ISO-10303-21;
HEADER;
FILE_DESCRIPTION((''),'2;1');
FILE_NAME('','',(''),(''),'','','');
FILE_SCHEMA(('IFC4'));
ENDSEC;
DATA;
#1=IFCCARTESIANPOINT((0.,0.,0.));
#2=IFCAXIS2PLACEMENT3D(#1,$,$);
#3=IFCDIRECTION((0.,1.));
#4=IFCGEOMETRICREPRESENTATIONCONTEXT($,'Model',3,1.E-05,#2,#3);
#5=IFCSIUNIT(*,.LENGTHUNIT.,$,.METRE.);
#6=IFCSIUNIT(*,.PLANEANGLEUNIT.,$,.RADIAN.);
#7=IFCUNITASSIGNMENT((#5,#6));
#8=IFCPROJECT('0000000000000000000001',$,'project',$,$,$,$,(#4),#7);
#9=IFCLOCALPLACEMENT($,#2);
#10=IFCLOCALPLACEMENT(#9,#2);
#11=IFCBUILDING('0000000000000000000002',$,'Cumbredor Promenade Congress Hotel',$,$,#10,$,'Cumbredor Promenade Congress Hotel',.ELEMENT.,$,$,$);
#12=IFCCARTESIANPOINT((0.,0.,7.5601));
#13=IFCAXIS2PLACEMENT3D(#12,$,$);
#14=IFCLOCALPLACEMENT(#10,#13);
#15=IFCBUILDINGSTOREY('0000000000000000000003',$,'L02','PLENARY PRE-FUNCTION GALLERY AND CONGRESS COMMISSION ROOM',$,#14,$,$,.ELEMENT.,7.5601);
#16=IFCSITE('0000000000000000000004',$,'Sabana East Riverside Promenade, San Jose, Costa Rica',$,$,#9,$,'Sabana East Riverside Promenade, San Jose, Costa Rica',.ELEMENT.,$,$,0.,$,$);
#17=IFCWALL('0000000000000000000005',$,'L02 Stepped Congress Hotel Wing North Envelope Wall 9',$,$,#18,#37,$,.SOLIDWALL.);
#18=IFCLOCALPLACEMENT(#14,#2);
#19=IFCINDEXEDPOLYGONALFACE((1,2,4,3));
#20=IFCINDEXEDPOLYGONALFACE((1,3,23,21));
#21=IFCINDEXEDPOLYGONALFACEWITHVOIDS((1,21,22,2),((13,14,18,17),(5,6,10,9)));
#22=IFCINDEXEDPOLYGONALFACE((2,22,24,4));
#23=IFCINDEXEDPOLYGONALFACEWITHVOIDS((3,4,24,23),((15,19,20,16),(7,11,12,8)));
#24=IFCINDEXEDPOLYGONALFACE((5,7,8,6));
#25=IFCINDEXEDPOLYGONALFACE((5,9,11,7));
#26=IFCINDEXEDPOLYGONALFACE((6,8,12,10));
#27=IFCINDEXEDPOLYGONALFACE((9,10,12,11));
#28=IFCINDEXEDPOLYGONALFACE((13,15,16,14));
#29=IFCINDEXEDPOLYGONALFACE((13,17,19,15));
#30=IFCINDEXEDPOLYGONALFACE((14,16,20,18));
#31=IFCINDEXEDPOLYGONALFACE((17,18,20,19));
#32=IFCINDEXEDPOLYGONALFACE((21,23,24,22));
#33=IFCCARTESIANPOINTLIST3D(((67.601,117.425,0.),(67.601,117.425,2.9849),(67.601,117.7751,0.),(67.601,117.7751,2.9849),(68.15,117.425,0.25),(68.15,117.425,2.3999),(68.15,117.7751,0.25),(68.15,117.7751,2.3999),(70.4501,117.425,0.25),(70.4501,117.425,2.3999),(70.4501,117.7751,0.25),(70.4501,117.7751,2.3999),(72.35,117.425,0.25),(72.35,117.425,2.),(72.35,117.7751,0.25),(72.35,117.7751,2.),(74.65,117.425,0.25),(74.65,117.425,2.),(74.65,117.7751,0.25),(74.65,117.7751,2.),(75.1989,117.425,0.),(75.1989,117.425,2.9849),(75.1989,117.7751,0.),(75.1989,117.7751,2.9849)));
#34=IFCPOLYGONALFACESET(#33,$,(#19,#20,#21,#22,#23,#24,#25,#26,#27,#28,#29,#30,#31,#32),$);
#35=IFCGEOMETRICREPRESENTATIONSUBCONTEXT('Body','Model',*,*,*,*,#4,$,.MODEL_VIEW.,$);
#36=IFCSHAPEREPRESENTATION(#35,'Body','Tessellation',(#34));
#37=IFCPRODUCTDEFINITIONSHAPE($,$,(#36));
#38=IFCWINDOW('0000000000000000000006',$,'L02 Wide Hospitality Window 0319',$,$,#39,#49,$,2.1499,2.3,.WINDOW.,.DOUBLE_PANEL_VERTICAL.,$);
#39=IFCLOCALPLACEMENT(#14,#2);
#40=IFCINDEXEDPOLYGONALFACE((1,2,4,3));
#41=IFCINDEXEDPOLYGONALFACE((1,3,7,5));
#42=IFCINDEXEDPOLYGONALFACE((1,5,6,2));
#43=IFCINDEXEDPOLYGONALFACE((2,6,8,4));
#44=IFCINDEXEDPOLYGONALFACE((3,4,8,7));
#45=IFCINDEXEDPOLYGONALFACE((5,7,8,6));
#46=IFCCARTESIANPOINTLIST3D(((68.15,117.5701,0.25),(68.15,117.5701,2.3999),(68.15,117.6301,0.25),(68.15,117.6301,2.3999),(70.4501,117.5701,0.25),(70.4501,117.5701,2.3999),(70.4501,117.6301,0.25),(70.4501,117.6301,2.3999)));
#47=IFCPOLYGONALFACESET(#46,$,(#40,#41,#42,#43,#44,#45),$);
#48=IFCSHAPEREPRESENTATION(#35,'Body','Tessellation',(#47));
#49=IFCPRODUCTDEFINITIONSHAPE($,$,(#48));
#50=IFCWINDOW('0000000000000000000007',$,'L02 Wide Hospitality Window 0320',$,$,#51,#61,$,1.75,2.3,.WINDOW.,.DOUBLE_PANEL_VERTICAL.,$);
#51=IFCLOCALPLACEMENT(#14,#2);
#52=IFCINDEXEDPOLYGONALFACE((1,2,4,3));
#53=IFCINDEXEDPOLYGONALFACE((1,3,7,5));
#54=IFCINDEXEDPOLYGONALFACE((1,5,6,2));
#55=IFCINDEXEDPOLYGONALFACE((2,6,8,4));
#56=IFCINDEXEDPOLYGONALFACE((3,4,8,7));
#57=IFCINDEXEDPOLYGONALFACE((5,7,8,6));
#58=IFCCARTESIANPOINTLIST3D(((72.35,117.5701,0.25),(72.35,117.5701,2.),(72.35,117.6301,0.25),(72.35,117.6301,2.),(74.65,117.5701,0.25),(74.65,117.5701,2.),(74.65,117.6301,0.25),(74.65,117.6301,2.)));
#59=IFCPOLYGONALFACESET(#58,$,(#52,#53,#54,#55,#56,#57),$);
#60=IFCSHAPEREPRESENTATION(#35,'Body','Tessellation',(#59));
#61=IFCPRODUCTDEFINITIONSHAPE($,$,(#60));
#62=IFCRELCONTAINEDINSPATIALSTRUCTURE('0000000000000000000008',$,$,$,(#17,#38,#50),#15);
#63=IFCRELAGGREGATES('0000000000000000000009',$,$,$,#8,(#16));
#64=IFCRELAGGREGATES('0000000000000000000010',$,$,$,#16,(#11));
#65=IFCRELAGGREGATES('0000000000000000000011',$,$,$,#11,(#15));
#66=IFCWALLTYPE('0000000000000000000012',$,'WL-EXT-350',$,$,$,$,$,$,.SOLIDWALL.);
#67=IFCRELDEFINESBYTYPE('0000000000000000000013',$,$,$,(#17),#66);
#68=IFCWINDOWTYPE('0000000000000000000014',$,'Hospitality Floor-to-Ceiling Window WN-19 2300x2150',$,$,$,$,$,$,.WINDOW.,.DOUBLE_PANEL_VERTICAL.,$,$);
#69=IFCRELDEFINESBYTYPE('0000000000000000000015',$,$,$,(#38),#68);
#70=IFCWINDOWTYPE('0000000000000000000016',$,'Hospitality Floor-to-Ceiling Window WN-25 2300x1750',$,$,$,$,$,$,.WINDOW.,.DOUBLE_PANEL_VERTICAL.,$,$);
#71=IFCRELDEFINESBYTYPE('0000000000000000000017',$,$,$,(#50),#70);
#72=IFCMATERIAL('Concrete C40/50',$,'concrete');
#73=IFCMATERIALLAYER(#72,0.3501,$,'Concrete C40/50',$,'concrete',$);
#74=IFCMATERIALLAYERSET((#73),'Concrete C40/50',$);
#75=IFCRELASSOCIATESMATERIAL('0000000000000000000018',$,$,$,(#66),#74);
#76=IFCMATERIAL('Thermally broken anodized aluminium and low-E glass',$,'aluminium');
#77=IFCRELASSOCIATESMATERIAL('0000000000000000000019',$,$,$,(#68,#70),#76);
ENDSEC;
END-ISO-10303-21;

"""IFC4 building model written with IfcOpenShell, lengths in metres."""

from ifc_helpers import new_model, si_unit, direction, frame, frame_2d, origin, place, context, subcontext, project, spatial, rectangle, extrude, material, layer, layer_set, type_object, element, fill, save


model = new_model("IFC4")

# Units and contexts
model_context = context("Model", 3, precision=1e-05, world=origin(), true_north=direction((0.0, 1.0)))
body_context = subcontext(model_context, "Body", "Model", "MODEL_VIEW")
ifc_project = project(units=[si_unit("LENGTHUNIT", "METRE"), si_unit("PLANEANGLEUNIT", "RADIAN")], contexts=[model_context])

# Site, building, storey
site_placement = place(None, origin())
site = spatial("IfcSite", under=ifc_project, at=site_placement, Name="Sabana East Riverside Promenade, San Jose, Costa Rica", LongName="Sabana East Riverside Promenade, San Jose, Costa Rica", CompositionType="ELEMENT", RefElevation=0.0)
building_placement = place(site_placement, origin())
building = spatial("IfcBuilding", under=site, at=building_placement, Name="Cumbredor Promenade Congress Hotel", LongName="Cumbredor Promenade Congress Hotel", CompositionType="ELEMENT")
storey_placement = place(building_placement, frame((0.0, 0.0, 7.5601)))
storey = spatial("IfcBuildingStorey", under=building, at=storey_placement, Name="L02", Description="PLENARY PRE-FUNCTION GALLERY AND CONGRESS COMMISSION ROOM", CompositionType="ELEMENT", Elevation=7.5601)

# Shared definitions
ifc_material_1 = material(Name="Concrete C40/50", Category="concrete")

# Shared definitions
ifc_material_2 = material(Name="Thermally broken anodized aluminium and low-E glass", Category="aluminium")

# Wall, openings, windows
ifc_layer_1 = layer(ifc_material_1, 0.3501, Name="Concrete C40/50", Category="concrete")
ifc_layer_set_1 = layer_set([ifc_layer_1], Name="Concrete C40/50")
wall_type_1 = type_object("IfcWallType", Name="WL-EXT-350", PredefinedType="SOLIDWALL", material=ifc_layer_set_1)
wall_1_placement = place(storey_placement, frame((67.6011, 117.6001, 0.0), z_axis=(0.0, 0.0, 1.0), x_axis=(1.0, 0.0, 0.0)))
wall_1 = element("IfcWall", 1, at=wall_1_placement, inside=storey, type_object=wall_type_1, Name="L02 Stepped Congress Hotel Wing North Envelope Wall 9", PredefinedType="SOLIDWALL", context=body_context, shape_type="SweptSolid", body=[
    extrude(rectangle(XDim=7.5979, YDim=0.3501, at=frame_2d((3.7988, 0.0))), origin(), (0.0, 0.0, 1.0), 2.9849),
])
opening_1_placement = place(wall_1_placement, frame((0.5491, 0.0, 0.25)))
opening_1 = element("IfcOpeningElement", 2, at=opening_1_placement, cuts=wall_1, PredefinedType="OPENING", context=body_context, shape_type="SweptSolid", body=[
    extrude(rectangle(XDim=2.3, YDim=2.1499, at=frame_2d((1.1499, 1.075))), frame((0.0, 0.1851, 0.0), z_axis=(0.0, -1.0, 0.0), x_axis=(1.0, 0.0, 0.0)), (0.0, 0.0, 1.0), 0.3701),
])
opening_2_placement = place(wall_1_placement, frame((4.749, 0.0, 0.25)))
opening_2 = element("IfcOpeningElement", 3, at=opening_2_placement, cuts=wall_1, PredefinedType="OPENING", context=body_context, shape_type="SweptSolid", body=[
    extrude(rectangle(XDim=2.3, YDim=1.75, at=frame_2d((1.1499, 0.875))), frame((0.0, 0.1851, 0.0), z_axis=(0.0, -1.0, 0.0), x_axis=(1.0, 0.0, 0.0)), (0.0, 0.0, 1.0), 0.3701),
])
window_type_1 = type_object("IfcWindowType", Name="Hospitality Floor-to-Ceiling Window WN-19 2300x2150", PartitioningType="DOUBLE_PANEL_VERTICAL", PredefinedType="WINDOW", material=ifc_material_2)
window_1_placement = place(opening_1_placement, origin())
window_1 = element("IfcWindow", 4, at=window_1_placement, inside=storey, type_object=window_type_1, Name="L02 Wide Hospitality Window 0319", OverallHeight=2.1499, OverallWidth=2.3, PartitioningType="DOUBLE_PANEL_VERTICAL", PredefinedType="WINDOW", context=body_context, shape_type="SweptSolid", body=[
    extrude(rectangle(XDim=2.3, YDim=2.1499, at=frame_2d((1.1499, 1.075))), frame((0.0, 0.03, 0.0), z_axis=(0.0, -1.0, 0.0), x_axis=(1.0, 0.0, 0.0)), (0.0, 0.0, 1.0), 0.0601),
])
fill(opening_1, window_1)
window_type_2 = type_object("IfcWindowType", Name="Hospitality Floor-to-Ceiling Window WN-25 2300x1750", PartitioningType="DOUBLE_PANEL_VERTICAL", PredefinedType="WINDOW", material=ifc_material_2)
window_2_placement = place(opening_2_placement, origin())
window_2 = element("IfcWindow", 5, at=window_2_placement, inside=storey, type_object=window_type_2, Name="L02 Wide Hospitality Window 0320", OverallHeight=1.75, OverallWidth=2.3, PartitioningType="DOUBLE_PANEL_VERTICAL", PredefinedType="WINDOW", context=body_context, shape_type="SweptSolid", body=[
    extrude(rectangle(XDim=2.3, YDim=1.75, at=frame_2d((1.1499, 0.875))), frame((0.0, 0.03, 0.0), z_axis=(0.0, -1.0, 0.0), x_axis=(1.0, 0.0, 0.0)), (0.0, 0.0, 1.0), 0.0601),
])
fill(opening_2, window_2)

save(model, "model.ifc")
